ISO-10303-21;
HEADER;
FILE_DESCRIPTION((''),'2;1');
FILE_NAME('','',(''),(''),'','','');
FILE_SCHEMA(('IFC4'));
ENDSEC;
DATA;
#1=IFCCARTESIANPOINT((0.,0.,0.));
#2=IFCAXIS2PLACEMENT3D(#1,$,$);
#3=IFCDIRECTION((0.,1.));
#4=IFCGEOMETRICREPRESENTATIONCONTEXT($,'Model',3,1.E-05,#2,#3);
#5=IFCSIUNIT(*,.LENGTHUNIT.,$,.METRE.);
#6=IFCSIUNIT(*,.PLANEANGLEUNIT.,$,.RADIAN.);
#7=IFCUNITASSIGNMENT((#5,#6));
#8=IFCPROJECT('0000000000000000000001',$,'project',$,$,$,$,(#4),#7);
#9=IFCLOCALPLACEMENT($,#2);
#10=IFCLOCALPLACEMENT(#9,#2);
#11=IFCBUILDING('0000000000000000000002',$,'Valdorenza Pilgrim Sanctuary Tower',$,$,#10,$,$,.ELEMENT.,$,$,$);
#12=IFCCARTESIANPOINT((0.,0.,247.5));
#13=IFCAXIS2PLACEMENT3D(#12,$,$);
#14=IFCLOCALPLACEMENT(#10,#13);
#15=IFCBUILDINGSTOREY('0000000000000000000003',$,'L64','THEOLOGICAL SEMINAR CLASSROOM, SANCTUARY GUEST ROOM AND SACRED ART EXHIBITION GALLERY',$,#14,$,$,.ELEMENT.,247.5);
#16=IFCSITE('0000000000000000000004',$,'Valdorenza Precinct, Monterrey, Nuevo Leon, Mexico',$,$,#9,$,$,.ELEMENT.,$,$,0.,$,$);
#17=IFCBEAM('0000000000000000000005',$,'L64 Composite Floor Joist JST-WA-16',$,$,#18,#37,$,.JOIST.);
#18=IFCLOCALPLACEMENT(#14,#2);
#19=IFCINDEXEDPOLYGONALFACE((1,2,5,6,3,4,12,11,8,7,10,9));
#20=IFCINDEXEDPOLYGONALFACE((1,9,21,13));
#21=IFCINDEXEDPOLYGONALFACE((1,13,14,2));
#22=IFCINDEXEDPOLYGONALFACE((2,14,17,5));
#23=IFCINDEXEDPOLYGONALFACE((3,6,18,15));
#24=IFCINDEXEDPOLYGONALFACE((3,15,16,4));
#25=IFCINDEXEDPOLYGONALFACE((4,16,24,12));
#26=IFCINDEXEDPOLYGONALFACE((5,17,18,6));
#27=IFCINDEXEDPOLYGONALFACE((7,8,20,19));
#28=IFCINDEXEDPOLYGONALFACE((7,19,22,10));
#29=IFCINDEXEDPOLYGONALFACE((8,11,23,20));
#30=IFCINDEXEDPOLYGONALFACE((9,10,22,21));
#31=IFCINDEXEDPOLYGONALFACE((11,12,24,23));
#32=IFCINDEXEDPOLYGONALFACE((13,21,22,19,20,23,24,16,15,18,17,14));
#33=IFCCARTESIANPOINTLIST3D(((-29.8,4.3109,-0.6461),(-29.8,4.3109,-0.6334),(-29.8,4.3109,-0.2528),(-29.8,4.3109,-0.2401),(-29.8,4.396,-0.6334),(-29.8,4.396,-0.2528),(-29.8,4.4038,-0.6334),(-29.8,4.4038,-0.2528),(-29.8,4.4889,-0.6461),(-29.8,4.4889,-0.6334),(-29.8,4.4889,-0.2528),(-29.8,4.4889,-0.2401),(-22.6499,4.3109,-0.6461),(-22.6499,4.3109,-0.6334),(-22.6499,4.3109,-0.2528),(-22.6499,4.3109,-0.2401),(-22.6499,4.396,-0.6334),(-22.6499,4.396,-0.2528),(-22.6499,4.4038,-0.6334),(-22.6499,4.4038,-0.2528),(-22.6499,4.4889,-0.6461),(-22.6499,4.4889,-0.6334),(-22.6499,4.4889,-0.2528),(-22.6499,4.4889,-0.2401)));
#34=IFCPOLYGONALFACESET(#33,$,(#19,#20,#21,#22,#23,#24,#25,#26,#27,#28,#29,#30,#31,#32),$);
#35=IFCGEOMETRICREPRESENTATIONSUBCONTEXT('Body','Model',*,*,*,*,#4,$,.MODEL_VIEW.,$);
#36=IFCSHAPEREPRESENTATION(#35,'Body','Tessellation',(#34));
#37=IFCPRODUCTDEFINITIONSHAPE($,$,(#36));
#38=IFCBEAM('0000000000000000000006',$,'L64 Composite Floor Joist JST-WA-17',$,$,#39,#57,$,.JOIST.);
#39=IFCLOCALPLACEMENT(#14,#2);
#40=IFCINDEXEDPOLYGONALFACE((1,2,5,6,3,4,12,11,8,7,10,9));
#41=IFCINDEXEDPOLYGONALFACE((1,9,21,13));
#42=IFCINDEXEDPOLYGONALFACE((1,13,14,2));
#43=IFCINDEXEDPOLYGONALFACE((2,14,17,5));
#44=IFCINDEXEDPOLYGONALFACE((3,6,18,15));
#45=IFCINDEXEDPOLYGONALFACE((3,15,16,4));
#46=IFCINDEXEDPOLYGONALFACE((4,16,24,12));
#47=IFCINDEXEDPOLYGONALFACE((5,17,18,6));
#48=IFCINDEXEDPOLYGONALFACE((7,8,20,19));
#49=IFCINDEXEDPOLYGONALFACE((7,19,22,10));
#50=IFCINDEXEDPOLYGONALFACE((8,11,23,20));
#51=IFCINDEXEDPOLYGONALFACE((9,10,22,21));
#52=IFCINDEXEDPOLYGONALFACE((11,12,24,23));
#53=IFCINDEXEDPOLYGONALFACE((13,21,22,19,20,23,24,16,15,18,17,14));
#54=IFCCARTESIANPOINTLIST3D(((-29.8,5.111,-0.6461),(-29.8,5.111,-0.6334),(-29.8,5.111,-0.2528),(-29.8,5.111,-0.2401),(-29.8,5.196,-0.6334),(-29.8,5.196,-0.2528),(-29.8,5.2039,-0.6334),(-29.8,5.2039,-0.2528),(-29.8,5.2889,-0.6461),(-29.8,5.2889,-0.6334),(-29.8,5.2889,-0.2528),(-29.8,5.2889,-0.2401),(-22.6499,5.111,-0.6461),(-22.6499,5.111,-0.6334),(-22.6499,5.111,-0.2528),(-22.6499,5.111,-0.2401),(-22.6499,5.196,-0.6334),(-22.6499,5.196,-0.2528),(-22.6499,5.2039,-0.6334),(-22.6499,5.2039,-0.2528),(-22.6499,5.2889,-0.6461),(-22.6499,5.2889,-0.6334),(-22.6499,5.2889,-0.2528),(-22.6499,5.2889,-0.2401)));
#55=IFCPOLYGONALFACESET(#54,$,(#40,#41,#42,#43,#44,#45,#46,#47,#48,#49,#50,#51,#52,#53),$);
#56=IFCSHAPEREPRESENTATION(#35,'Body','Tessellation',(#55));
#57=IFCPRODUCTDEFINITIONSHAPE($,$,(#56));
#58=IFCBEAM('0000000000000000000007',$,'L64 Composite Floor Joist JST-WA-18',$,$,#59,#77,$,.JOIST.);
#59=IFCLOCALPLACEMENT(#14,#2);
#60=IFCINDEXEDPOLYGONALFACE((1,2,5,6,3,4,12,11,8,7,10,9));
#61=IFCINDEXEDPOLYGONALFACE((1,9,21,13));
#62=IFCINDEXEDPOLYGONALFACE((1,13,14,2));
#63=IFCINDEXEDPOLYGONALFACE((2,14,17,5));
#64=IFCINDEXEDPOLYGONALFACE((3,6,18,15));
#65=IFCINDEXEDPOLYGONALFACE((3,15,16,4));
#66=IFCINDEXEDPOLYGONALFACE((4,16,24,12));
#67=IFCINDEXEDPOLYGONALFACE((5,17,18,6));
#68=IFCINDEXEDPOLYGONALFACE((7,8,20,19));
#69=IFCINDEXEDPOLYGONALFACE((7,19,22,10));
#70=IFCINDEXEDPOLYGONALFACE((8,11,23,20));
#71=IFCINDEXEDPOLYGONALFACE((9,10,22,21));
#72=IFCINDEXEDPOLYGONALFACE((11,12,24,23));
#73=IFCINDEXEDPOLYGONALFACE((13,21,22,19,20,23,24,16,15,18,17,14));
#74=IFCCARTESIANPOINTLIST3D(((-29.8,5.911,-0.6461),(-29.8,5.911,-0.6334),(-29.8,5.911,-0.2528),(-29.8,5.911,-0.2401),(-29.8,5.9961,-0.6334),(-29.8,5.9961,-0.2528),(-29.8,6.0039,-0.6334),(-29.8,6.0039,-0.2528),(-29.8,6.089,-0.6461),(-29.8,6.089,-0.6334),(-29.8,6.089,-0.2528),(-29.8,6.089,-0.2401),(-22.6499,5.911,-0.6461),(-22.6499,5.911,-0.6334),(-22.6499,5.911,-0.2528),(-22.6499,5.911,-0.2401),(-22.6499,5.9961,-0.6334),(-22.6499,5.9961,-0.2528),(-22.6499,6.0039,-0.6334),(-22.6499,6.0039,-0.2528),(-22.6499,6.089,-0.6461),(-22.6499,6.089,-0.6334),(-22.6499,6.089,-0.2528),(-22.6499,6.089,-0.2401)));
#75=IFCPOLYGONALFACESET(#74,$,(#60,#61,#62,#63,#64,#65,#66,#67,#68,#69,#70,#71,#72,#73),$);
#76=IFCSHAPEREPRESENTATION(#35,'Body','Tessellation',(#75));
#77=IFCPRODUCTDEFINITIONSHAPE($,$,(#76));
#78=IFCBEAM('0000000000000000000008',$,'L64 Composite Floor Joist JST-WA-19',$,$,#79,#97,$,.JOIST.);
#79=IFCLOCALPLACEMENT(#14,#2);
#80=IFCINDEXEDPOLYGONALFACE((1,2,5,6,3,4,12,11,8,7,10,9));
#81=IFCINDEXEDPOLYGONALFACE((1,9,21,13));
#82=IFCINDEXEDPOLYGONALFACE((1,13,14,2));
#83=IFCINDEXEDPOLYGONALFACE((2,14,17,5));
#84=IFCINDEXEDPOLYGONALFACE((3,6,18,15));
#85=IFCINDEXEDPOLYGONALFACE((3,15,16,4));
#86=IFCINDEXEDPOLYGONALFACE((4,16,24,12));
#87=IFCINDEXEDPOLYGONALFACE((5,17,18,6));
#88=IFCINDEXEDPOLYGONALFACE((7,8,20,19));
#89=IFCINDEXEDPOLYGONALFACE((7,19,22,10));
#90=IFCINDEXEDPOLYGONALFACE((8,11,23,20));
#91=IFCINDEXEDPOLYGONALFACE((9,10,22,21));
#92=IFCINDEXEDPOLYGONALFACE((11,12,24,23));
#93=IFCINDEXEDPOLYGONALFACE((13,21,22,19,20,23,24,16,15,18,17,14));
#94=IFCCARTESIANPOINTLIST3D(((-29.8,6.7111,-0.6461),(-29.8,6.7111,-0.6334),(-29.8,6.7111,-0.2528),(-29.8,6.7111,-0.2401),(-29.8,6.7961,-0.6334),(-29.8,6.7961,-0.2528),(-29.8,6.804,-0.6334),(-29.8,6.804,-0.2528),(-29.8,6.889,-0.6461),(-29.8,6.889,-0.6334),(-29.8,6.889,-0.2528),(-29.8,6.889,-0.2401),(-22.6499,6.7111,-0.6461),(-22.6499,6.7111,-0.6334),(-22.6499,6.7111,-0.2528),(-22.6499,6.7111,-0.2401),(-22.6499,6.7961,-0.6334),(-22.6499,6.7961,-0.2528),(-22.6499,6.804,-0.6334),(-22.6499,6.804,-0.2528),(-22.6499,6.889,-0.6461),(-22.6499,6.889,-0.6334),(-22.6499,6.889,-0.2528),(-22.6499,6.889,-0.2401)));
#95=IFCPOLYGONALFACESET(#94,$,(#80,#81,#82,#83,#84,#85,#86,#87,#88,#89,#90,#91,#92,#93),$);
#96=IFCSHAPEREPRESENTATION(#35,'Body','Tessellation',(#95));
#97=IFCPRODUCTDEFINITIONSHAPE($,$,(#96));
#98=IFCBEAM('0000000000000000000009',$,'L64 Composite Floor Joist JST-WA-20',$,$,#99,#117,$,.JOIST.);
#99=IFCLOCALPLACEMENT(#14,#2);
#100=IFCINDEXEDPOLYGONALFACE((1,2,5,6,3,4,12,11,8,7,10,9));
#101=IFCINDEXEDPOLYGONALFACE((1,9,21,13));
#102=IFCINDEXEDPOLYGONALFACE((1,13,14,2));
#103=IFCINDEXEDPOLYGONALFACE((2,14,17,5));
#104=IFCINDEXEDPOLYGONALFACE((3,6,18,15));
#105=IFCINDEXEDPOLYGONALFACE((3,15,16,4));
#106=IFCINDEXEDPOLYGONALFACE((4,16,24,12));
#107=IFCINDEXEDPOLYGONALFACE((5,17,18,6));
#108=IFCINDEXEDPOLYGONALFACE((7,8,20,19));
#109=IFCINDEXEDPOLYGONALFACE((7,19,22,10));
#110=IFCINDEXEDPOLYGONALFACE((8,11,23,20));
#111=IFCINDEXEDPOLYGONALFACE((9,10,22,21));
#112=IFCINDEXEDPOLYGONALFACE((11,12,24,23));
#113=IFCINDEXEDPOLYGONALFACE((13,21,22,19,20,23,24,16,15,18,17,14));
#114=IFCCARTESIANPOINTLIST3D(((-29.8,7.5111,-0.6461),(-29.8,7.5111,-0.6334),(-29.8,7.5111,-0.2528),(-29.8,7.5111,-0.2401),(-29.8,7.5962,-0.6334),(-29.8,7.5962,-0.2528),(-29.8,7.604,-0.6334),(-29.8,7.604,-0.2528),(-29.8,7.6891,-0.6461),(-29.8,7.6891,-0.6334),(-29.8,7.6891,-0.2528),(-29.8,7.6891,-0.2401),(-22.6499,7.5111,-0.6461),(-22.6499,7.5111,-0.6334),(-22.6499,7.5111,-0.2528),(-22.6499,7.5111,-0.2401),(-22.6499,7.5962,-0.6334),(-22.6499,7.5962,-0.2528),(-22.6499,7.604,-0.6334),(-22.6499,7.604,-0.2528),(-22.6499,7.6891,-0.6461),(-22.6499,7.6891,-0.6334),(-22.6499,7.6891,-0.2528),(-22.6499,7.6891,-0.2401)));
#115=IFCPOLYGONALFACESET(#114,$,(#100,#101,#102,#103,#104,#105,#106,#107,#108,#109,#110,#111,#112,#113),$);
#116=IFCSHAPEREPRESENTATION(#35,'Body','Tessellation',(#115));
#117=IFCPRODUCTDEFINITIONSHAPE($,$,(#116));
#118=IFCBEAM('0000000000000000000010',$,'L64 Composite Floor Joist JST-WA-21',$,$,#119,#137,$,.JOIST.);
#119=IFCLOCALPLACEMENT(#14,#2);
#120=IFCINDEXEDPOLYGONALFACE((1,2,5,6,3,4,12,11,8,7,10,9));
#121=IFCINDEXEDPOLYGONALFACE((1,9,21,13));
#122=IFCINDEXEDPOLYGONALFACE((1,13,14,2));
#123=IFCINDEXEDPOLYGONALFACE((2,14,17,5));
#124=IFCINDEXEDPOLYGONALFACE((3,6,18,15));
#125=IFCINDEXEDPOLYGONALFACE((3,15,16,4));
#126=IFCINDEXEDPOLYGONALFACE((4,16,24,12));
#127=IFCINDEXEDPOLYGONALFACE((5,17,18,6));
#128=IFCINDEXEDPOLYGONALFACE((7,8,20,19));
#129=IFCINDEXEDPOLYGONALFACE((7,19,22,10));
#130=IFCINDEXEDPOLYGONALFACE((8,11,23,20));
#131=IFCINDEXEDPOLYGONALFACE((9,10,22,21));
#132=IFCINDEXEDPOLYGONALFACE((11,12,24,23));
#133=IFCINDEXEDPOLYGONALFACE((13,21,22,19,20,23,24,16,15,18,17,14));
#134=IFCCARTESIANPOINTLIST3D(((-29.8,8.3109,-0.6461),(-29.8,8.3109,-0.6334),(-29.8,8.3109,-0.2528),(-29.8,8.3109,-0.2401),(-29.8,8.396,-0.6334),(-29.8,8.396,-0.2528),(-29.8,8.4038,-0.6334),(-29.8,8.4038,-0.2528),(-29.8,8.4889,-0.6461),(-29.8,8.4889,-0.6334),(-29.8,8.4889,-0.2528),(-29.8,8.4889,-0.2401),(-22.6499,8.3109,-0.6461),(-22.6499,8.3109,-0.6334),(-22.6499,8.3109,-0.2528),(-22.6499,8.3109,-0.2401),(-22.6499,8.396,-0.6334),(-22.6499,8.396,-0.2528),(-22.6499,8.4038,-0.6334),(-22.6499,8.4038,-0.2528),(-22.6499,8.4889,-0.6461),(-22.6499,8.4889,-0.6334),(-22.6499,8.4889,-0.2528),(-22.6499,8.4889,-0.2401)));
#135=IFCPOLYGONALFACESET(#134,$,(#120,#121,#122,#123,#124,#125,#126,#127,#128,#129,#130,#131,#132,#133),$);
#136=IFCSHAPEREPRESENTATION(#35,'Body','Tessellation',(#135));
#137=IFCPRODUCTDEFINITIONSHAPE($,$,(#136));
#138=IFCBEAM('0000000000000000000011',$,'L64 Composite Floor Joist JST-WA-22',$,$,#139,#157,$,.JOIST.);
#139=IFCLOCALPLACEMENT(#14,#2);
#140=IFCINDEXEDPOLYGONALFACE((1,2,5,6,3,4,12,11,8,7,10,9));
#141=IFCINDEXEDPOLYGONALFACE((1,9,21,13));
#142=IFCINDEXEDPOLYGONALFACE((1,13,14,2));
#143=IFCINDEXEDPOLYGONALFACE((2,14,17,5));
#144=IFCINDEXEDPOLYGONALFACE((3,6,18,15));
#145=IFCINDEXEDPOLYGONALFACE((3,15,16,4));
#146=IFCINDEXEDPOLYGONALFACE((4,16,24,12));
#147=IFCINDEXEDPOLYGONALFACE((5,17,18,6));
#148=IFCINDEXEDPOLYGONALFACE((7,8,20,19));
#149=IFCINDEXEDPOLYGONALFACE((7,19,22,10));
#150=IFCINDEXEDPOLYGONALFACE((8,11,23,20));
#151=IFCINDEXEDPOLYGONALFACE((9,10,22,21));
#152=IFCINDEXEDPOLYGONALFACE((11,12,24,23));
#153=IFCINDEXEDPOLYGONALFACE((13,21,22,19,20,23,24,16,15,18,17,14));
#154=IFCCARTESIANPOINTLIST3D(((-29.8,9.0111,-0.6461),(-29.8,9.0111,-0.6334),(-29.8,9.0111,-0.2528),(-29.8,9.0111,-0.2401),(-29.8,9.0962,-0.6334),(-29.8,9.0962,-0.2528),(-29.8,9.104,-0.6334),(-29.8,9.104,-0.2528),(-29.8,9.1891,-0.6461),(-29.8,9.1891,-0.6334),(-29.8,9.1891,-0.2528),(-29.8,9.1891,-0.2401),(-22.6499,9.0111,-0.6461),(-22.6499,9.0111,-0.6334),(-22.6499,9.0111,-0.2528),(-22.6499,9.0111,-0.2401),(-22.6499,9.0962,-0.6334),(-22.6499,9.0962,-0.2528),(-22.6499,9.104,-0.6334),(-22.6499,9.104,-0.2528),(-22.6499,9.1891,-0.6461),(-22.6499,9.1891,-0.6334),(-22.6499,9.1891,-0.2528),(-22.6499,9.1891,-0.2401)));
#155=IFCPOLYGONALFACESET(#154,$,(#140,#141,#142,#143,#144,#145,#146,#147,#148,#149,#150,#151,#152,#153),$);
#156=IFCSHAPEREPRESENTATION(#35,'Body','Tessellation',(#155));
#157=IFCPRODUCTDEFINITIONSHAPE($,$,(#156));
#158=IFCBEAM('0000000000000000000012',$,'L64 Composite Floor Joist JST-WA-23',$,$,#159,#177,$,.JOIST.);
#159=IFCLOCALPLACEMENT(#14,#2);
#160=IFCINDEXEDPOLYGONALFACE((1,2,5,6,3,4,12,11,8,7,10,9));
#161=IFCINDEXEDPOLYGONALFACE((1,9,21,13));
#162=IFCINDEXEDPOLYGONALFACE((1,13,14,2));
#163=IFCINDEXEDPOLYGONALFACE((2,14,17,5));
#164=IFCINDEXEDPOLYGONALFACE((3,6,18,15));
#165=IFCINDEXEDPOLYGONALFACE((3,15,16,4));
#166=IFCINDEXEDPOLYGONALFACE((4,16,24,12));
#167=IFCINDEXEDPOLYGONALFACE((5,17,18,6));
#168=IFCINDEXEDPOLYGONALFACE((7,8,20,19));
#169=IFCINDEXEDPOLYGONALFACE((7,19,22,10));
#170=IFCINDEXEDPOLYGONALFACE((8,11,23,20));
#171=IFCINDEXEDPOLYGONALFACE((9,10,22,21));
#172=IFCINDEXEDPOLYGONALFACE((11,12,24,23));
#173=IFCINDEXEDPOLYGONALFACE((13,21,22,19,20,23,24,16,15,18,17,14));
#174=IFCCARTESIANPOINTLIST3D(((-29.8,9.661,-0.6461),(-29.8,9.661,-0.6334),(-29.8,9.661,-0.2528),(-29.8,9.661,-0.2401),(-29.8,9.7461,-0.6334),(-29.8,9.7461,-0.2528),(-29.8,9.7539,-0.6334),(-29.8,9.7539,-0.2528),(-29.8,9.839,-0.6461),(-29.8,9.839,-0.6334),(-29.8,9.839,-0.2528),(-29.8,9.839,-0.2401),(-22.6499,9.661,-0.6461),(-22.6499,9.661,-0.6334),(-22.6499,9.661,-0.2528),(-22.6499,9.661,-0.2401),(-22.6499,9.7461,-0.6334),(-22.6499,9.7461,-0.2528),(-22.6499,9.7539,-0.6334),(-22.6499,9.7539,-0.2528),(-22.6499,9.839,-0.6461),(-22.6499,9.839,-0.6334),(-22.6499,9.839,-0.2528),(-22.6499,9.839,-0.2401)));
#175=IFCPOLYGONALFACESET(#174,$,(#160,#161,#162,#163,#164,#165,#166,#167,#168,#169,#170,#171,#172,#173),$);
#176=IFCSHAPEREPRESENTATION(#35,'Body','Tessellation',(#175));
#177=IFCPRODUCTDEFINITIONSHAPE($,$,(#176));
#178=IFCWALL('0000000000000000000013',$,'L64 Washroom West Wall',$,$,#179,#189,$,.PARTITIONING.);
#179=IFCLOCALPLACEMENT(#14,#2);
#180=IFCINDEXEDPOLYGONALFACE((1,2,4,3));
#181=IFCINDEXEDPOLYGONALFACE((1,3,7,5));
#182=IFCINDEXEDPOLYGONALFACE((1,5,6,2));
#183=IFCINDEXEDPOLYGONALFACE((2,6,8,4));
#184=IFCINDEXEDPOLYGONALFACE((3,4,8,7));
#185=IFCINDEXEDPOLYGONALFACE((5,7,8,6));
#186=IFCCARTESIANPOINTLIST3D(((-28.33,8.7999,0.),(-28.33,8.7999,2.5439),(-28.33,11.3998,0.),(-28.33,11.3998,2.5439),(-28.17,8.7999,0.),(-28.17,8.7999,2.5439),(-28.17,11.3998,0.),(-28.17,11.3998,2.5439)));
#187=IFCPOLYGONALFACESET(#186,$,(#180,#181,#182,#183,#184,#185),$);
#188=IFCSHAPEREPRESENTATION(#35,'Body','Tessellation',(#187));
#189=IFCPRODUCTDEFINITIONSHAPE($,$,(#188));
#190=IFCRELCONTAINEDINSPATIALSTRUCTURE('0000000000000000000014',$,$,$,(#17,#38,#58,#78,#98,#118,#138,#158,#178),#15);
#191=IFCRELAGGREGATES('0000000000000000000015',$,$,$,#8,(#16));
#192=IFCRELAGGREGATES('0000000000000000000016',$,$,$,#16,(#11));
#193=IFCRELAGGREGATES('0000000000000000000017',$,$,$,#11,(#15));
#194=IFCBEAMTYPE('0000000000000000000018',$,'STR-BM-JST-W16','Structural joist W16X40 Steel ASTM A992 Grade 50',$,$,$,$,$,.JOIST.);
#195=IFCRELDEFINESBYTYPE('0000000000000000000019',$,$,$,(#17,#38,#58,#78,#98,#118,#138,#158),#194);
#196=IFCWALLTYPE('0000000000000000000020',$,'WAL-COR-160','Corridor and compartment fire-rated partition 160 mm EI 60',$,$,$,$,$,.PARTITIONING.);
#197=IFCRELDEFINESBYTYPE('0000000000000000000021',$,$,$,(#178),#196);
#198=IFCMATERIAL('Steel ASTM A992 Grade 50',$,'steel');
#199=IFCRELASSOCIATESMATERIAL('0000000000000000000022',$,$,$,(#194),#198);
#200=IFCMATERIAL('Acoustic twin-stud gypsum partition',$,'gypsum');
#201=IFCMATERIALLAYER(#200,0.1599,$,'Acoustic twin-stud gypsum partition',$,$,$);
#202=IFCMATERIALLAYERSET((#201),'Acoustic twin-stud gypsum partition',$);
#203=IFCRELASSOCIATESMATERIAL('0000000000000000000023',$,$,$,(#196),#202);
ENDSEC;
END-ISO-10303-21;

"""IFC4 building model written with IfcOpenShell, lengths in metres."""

from ifc_helpers import new_model, si_unit, direction, frame, frame_2d, origin, origin_2d, place, context, subcontext, project, spatial, rectangle, i_section, extrude, source, transform, mapped, material, layer, layer_set, material_profile, profile_set, type_object, element, save


model = new_model("IFC4")

# Units and contexts
model_context = context("Model", 3, precision=1e-05, world=origin(), true_north=direction((0.0, 1.0)))
body_context = subcontext(model_context, "Body", "Model", "MODEL_VIEW")
ifc_project = project(units=[si_unit("LENGTHUNIT", "METRE"), si_unit("PLANEANGLEUNIT", "RADIAN")], contexts=[model_context])

# Site, building, storey
site_placement = place(None, origin())
site = spatial("IfcSite", under=ifc_project, at=site_placement, Name="Valdorenza Precinct, Monterrey, Nuevo Leon, Mexico", CompositionType="ELEMENT", RefElevation=0.0)
building_placement = place(site_placement, origin())
building = spatial("IfcBuilding", under=site, at=building_placement, Name="Valdorenza Pilgrim Sanctuary Tower", CompositionType="ELEMENT")
storey_placement = place(building_placement, frame((0.0, 0.0, 247.5)))
storey = spatial("IfcBuildingStorey", under=building, at=storey_placement, Name="L64", Description="THEOLOGICAL SEMINAR CLASSROOM, SANCTUARY GUEST ROOM AND SACRED ART EXHIBITION GALLERY", CompositionType="ELEMENT", Elevation=247.5)

# Beams
ifc_material_1 = material(Name="Steel ASTM A992 Grade 50", Category="steel")
ifc_material_profile = material_profile(ifc_material_1, i_section(OverallWidth=0.178, OverallDepth=0.406, WebThickness=0.0078, FlangeThickness=0.0127, at=origin_2d()), Name="W16X40")
ifc_profile_set = profile_set([ifc_material_profile], Name="Steel ASTM A992 Grade 50")
beam_type = type_object("IfcBeamType", Name="STR-BM-JST-W16", Description="Structural joist W16X40 Steel ASTM A992 Grade 50", PredefinedType="JOIST", material=ifc_profile_set)
shared_shape = source(origin(), body_context, "Body", "SweptSolid", [
    extrude(i_section(OverallWidth=0.178, OverallDepth=0.406, WebThickness=0.0078, FlangeThickness=0.0127, at=origin_2d()), origin(), (0.0, 0.0, 1.0), 7.1501),
])
for number, where, z_axis, x_axis, name in (
    (1, (-29.8, 4.3999, -0.4431), (1.0, 0.0, 0.0), (0.0, 1.0, 0.0), "L64 Composite Floor Joist JST-WA-16"),
    (2, (-29.8, 5.2, -0.4431), (1.0, 0.0, 0.0), (0.0, 1.0, 0.0), "L64 Composite Floor Joist JST-WA-17"),
    (3, (-29.8, 6.0, -0.4431), (1.0, 0.0, 0.0), (0.0, 1.0, 0.0), "L64 Composite Floor Joist JST-WA-18"),
    (4, (-29.8, 6.8, -0.4431), (1.0, 0.0, 0.0), (0.0, 1.0, 0.0), "L64 Composite Floor Joist JST-WA-19"),
    (5, (-29.8, 7.6001, -0.4431), (1.0, 0.0, 0.0), (0.0, 1.0, 0.0), "L64 Composite Floor Joist JST-WA-20"),
    (6, (-29.8, 8.3999, -0.4431), (1.0, 0.0, 0.0), (0.0, 1.0, 0.0), "L64 Composite Floor Joist JST-WA-21"),
    (7, (-29.8, 9.1001, -0.4431), (1.0, 0.0, 0.0), (0.0, 1.0, 0.0), "L64 Composite Floor Joist JST-WA-22"),
    (8, (-29.8, 9.75, -0.4431), (1.0, 0.0, 0.0), (0.0, 1.0, 0.0), "L64 Composite Floor Joist JST-WA-23"),
):
    element("IfcBeam", number, at=place(storey_placement, frame(where, z_axis=z_axis, x_axis=x_axis)), inside=storey, type_object=beam_type, Name=name, PredefinedType="JOIST", context=body_context, shape_type="MappedRepresentation", body=[
        mapped(shared_shape, transform((0.0, 0.0, 0.0), x_axis=(1.0, 0.0, 0.0), y_axis=(0.0, 1.0, 0.0), z_axis=(0.0, 0.0, 1.0), scale=1.0)),
    ])

# Wall
ifc_material_2 = material(Name="Acoustic twin-stud gypsum partition", Category="gypsum")
ifc_layer_1 = layer(ifc_material_2, 0.1599, Name="Acoustic twin-stud gypsum partition")
ifc_layer_set_1 = layer_set([ifc_layer_1], Name="Acoustic twin-stud gypsum partition")
wall_type_1 = type_object("IfcWallType", Name="WAL-COR-160", Description="Corridor and compartment fire-rated partition 160 mm EI 60", PredefinedType="PARTITIONING", material=ifc_layer_set_1)
wall_1_placement = place(storey_placement, frame((-28.25, 8.8, 0.0), z_axis=(0.0, 0.0, 1.0), x_axis=(0.0, 1.0, 0.0)))
element("IfcWall", 9, at=wall_1_placement, inside=storey, type_object=wall_type_1, Name="L64 Washroom West Wall", PredefinedType="PARTITIONING", context=body_context, shape_type="SweptSolid", body=[
    extrude(rectangle(XDim=2.5999, YDim=0.1599, at=frame_2d((1.2998, 0.0))), origin(), (0.0, 0.0, 1.0), 2.5439),
])

save(model, "model.ifc")
